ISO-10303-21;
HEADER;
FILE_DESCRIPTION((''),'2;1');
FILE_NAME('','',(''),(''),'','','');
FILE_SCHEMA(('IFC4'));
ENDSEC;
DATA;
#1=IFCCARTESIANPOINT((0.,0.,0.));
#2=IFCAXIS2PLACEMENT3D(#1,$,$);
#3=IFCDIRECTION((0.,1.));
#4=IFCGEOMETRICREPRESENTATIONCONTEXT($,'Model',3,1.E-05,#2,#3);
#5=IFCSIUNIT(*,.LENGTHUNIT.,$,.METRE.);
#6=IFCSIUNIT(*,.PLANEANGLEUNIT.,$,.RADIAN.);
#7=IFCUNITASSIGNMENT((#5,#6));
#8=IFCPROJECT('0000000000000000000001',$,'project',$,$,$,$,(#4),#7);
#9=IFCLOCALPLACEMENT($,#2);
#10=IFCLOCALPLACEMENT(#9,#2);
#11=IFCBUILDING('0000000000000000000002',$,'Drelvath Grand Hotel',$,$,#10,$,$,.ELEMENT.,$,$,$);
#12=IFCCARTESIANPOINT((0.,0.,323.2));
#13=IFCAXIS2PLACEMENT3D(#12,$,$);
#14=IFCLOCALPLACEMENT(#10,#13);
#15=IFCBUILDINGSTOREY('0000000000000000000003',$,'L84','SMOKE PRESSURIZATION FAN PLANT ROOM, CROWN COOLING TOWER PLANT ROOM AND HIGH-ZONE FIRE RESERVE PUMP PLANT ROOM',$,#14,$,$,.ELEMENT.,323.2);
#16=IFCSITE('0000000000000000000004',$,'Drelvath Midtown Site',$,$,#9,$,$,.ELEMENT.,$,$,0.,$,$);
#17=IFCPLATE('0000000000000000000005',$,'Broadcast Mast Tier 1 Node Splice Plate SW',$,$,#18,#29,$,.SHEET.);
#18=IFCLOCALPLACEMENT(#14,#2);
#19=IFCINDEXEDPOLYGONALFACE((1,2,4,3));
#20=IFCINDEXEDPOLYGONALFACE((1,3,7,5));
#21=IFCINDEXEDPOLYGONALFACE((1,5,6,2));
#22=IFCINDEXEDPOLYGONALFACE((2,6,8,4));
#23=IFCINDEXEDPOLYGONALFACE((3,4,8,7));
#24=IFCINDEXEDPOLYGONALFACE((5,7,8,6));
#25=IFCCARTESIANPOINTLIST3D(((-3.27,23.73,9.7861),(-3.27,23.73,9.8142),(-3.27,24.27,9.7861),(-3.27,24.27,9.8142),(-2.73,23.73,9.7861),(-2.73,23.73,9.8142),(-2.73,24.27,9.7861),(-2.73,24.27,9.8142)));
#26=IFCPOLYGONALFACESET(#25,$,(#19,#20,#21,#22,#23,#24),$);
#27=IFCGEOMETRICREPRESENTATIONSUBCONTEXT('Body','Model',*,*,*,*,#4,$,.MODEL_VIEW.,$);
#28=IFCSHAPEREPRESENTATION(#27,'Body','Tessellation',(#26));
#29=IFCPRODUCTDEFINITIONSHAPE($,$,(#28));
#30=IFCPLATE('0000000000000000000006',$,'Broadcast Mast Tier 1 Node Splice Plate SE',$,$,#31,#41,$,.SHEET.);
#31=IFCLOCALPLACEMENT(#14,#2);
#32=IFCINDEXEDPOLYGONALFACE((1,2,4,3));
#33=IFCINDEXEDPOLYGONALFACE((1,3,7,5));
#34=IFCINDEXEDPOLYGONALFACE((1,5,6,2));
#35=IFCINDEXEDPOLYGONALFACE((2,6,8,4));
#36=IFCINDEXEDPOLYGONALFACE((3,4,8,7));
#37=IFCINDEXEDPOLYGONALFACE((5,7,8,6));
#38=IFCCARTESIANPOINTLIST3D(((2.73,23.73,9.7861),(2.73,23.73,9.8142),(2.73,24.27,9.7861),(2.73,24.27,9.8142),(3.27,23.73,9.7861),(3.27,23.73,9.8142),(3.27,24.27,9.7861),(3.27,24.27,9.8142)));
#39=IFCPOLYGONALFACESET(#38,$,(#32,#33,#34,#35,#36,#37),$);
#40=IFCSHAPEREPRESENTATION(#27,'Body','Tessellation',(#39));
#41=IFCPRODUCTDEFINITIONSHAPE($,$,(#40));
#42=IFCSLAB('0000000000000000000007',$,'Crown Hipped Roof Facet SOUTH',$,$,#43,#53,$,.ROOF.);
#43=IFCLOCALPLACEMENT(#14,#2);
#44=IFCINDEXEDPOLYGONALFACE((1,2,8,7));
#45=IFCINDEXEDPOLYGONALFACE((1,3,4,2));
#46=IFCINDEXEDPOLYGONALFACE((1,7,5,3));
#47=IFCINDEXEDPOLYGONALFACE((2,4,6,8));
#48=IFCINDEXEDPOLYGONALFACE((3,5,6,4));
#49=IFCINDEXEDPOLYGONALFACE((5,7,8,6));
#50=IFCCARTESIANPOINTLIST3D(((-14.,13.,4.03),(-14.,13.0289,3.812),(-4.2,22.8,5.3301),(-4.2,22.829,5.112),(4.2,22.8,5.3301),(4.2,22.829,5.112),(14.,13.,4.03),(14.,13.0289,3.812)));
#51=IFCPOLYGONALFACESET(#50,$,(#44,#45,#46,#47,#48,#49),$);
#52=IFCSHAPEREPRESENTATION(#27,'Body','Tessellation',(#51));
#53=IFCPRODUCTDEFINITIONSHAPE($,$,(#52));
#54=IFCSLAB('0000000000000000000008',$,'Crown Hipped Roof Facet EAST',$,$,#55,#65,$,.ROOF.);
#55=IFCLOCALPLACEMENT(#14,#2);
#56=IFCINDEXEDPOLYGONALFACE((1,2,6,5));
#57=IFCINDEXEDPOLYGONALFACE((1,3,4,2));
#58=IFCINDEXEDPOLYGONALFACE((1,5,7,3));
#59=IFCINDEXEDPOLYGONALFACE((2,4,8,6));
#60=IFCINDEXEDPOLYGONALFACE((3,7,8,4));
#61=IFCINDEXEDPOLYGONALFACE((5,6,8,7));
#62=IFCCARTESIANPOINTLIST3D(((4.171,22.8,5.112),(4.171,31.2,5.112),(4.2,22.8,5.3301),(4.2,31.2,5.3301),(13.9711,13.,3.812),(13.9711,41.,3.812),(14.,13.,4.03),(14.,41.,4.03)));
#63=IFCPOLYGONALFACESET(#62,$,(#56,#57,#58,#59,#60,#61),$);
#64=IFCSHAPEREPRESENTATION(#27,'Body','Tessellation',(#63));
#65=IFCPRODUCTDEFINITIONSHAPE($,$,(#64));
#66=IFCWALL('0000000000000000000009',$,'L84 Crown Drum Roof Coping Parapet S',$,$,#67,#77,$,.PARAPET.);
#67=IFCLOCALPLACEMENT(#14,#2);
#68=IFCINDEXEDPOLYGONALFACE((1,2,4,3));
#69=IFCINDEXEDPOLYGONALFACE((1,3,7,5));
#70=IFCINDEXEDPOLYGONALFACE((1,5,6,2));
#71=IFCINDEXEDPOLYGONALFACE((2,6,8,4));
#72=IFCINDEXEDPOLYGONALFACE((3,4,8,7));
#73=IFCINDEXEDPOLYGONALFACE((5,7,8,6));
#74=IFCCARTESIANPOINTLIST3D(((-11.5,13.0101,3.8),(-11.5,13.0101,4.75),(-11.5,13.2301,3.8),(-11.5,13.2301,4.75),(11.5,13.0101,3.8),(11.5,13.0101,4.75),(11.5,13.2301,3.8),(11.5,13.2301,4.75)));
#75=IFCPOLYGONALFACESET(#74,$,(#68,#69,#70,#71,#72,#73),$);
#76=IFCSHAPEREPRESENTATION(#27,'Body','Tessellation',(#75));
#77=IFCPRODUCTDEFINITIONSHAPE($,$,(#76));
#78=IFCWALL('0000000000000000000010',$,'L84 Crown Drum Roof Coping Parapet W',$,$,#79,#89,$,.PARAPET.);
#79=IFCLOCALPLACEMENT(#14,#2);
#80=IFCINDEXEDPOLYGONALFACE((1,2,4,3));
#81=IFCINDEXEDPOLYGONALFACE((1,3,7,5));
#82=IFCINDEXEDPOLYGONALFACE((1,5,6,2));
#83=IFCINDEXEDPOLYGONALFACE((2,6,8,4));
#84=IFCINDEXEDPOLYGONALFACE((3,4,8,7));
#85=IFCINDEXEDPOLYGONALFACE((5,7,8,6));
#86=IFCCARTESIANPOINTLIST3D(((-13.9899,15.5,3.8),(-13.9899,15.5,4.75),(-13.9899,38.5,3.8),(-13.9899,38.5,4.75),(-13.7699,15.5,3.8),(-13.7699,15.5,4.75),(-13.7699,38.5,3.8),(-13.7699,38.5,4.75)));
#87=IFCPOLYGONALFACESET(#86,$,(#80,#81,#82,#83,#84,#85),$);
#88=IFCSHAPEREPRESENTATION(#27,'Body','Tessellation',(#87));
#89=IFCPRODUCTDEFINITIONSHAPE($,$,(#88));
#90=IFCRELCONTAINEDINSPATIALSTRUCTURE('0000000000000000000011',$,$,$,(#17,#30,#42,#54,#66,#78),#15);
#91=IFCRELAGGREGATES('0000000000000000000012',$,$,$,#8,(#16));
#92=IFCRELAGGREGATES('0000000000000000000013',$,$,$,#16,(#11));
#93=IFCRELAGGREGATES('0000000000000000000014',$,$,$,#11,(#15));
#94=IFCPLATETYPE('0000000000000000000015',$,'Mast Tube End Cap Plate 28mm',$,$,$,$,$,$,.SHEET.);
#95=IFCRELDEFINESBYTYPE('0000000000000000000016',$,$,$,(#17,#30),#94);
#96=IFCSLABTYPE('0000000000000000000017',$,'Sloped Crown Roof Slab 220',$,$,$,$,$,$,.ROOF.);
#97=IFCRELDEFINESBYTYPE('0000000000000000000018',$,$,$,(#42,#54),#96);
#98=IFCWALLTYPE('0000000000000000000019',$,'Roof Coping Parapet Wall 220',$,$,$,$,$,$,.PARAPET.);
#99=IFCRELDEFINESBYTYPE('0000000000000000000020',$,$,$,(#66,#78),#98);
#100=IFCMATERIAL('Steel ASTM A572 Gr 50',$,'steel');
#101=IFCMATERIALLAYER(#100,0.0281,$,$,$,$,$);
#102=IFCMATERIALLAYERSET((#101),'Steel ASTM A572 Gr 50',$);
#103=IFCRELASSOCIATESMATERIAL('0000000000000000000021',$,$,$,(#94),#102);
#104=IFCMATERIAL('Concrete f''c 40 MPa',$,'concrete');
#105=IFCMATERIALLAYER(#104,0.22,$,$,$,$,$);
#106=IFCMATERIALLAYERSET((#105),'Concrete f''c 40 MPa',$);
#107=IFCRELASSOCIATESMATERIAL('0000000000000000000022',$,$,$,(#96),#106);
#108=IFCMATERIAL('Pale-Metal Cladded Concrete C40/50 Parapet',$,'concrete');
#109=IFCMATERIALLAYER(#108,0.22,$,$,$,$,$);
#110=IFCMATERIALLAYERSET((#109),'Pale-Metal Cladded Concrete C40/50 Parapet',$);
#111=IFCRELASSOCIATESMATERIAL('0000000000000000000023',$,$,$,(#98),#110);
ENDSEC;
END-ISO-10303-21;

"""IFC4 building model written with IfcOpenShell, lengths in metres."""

from ifc_helpers import new_model, si_unit, direction, frame, frame_2d, origin, origin_2d, place, context, subcontext, project, spatial, polyline, rectangle, outline, extrude, material, layer, layer_set, type_object, element, save


model = new_model("IFC4")

# Units and contexts
model_context = context("Model", 3, precision=1e-05, world=origin(), true_north=direction((0.0, 1.0)))
body_context = subcontext(model_context, "Body", "Model", "MODEL_VIEW")
ifc_project = project(units=[si_unit("LENGTHUNIT", "METRE"), si_unit("PLANEANGLEUNIT", "RADIAN")], contexts=[model_context])

# Site, building, storey
site_placement = place(None, origin())
site = spatial("IfcSite", under=ifc_project, at=site_placement, Name="Drelvath Midtown Site", CompositionType="ELEMENT", RefElevation=0.0)
building_placement = place(site_placement, origin())
building = spatial("IfcBuilding", under=site, at=building_placement, Name="Drelvath Grand Hotel", CompositionType="ELEMENT")
storey_placement = place(building_placement, frame((0.0, 0.0, 323.2)))
storey = spatial("IfcBuildingStorey", under=building, at=storey_placement, Name="L84", Description="SMOKE PRESSURIZATION FAN PLANT ROOM, CROWN COOLING TOWER PLANT ROOM AND HIGH-ZONE FIRE RESERVE PUMP PLANT ROOM", CompositionType="ELEMENT", Elevation=323.2)

# Plates
ifc_material_1 = material(Name="Steel ASTM A572 Gr 50", Category="steel")
ifc_layer_1 = layer(ifc_material_1, 0.0281)
ifc_layer_set_1 = layer_set([ifc_layer_1], Name="Steel ASTM A572 Gr 50")
plate_type_1 = type_object("IfcPlateType", Name="Mast Tube End Cap Plate 28mm", PredefinedType="SHEET", material=ifc_layer_set_1)
for number, where, z_axis, x_axis, name in (
    (1, (-3.0, 24.0, 9.7861), (0.0, 0.0, 1.0), (1.0, 0.0, 0.0), "Broadcast Mast Tier 1 Node Splice Plate SW"),
    (2, (3.0, 24.0, 9.7861), (0.0, 0.0, 1.0), (1.0, 0.0, 0.0), "Broadcast Mast Tier 1 Node Splice Plate SE"),
):
    element("IfcPlate", number, at=place(storey_placement, frame(where, z_axis=z_axis, x_axis=x_axis)), inside=storey, type_object=plate_type_1, Name=name, PredefinedType="SHEET", context=body_context, shape_type="SweptSolid", body=[
        extrude(rectangle(XDim=0.54, YDim=0.54, at=origin_2d()), origin(), (0.0, 0.0, 1.0), 0.0281),
    ])

# Slabs
ifc_material_2 = material(Name="Concrete f'c 40 MPa", Category="concrete")
ifc_layer_2 = layer(ifc_material_2, 0.22)
ifc_layer_set_2 = layer_set([ifc_layer_2], Name="Concrete f'c 40 MPa")
slab_type_1 = type_object("IfcSlabType", Name="Sloped Crown Roof Slab 220", PredefinedType="ROOF", material=ifc_layer_set_2)
for number, where, z_axis, x_axis, name in (
    (3, (-14.0, 13.0, 4.03), (0.0, -0.131505, 0.991315), (1.0, 0.0, 0.0), "Crown Hipped Roof Facet SOUTH"),
    (4, (14.0, 13.0, 4.03), (0.131505, 0.0, 0.991315), (0.0, 1.0, 0.0), "Crown Hipped Roof Facet EAST"),
):
    element("IfcSlab", number, at=place(storey_placement, frame(where, z_axis=z_axis, x_axis=x_axis)), inside=storey, type_object=slab_type_1, Name=name, PredefinedType="ROOF", context=body_context, shape_type="SweptSolid", body=[
        extrude(outline(polyline([(0.0, 0.0), (28.0, 0.0), (18.2, 9.8859), (9.8, 9.8859), (0.0, 0.0)])), origin(), (0.0, 0.0, -1.0), 0.22),
    ])

# Walls
ifc_material_3 = material(Name="Pale-Metal Cladded Concrete C40/50 Parapet", Category="concrete")
ifc_layer_3 = layer(ifc_material_3, 0.22)
ifc_layer_set_3 = layer_set([ifc_layer_3], Name="Pale-Metal Cladded Concrete C40/50 Parapet")
wall_type = type_object("IfcWallType", Name="Roof Coping Parapet Wall 220", PredefinedType="PARAPET", material=ifc_layer_set_3)
for number, where, z_axis, x_axis, name in (
    (5, (11.5, 13.1201, 3.8), (0.0, 0.0, 1.0), (-1.0, 0.0, 0.0), "L84 Crown Drum Roof Coping Parapet S"),
    (6, (-13.8799, 15.5, 3.8), (0.0, 0.0, 1.0), (0.0, 1.0, 0.0), "L84 Crown Drum Roof Coping Parapet W"),
):
    element("IfcWall", number, at=place(storey_placement, frame(where, z_axis=z_axis, x_axis=x_axis)), inside=storey, type_object=wall_type, Name=name, PredefinedType="PARAPET", context=body_context, shape_type="SweptSolid", body=[
        extrude(rectangle(XDim=23.0, YDim=0.22, at=frame_2d((11.5, 0.0))), origin(), (0.0, 0.0, 1.0), 0.95),
    ])

save(model, "model.ifc")
